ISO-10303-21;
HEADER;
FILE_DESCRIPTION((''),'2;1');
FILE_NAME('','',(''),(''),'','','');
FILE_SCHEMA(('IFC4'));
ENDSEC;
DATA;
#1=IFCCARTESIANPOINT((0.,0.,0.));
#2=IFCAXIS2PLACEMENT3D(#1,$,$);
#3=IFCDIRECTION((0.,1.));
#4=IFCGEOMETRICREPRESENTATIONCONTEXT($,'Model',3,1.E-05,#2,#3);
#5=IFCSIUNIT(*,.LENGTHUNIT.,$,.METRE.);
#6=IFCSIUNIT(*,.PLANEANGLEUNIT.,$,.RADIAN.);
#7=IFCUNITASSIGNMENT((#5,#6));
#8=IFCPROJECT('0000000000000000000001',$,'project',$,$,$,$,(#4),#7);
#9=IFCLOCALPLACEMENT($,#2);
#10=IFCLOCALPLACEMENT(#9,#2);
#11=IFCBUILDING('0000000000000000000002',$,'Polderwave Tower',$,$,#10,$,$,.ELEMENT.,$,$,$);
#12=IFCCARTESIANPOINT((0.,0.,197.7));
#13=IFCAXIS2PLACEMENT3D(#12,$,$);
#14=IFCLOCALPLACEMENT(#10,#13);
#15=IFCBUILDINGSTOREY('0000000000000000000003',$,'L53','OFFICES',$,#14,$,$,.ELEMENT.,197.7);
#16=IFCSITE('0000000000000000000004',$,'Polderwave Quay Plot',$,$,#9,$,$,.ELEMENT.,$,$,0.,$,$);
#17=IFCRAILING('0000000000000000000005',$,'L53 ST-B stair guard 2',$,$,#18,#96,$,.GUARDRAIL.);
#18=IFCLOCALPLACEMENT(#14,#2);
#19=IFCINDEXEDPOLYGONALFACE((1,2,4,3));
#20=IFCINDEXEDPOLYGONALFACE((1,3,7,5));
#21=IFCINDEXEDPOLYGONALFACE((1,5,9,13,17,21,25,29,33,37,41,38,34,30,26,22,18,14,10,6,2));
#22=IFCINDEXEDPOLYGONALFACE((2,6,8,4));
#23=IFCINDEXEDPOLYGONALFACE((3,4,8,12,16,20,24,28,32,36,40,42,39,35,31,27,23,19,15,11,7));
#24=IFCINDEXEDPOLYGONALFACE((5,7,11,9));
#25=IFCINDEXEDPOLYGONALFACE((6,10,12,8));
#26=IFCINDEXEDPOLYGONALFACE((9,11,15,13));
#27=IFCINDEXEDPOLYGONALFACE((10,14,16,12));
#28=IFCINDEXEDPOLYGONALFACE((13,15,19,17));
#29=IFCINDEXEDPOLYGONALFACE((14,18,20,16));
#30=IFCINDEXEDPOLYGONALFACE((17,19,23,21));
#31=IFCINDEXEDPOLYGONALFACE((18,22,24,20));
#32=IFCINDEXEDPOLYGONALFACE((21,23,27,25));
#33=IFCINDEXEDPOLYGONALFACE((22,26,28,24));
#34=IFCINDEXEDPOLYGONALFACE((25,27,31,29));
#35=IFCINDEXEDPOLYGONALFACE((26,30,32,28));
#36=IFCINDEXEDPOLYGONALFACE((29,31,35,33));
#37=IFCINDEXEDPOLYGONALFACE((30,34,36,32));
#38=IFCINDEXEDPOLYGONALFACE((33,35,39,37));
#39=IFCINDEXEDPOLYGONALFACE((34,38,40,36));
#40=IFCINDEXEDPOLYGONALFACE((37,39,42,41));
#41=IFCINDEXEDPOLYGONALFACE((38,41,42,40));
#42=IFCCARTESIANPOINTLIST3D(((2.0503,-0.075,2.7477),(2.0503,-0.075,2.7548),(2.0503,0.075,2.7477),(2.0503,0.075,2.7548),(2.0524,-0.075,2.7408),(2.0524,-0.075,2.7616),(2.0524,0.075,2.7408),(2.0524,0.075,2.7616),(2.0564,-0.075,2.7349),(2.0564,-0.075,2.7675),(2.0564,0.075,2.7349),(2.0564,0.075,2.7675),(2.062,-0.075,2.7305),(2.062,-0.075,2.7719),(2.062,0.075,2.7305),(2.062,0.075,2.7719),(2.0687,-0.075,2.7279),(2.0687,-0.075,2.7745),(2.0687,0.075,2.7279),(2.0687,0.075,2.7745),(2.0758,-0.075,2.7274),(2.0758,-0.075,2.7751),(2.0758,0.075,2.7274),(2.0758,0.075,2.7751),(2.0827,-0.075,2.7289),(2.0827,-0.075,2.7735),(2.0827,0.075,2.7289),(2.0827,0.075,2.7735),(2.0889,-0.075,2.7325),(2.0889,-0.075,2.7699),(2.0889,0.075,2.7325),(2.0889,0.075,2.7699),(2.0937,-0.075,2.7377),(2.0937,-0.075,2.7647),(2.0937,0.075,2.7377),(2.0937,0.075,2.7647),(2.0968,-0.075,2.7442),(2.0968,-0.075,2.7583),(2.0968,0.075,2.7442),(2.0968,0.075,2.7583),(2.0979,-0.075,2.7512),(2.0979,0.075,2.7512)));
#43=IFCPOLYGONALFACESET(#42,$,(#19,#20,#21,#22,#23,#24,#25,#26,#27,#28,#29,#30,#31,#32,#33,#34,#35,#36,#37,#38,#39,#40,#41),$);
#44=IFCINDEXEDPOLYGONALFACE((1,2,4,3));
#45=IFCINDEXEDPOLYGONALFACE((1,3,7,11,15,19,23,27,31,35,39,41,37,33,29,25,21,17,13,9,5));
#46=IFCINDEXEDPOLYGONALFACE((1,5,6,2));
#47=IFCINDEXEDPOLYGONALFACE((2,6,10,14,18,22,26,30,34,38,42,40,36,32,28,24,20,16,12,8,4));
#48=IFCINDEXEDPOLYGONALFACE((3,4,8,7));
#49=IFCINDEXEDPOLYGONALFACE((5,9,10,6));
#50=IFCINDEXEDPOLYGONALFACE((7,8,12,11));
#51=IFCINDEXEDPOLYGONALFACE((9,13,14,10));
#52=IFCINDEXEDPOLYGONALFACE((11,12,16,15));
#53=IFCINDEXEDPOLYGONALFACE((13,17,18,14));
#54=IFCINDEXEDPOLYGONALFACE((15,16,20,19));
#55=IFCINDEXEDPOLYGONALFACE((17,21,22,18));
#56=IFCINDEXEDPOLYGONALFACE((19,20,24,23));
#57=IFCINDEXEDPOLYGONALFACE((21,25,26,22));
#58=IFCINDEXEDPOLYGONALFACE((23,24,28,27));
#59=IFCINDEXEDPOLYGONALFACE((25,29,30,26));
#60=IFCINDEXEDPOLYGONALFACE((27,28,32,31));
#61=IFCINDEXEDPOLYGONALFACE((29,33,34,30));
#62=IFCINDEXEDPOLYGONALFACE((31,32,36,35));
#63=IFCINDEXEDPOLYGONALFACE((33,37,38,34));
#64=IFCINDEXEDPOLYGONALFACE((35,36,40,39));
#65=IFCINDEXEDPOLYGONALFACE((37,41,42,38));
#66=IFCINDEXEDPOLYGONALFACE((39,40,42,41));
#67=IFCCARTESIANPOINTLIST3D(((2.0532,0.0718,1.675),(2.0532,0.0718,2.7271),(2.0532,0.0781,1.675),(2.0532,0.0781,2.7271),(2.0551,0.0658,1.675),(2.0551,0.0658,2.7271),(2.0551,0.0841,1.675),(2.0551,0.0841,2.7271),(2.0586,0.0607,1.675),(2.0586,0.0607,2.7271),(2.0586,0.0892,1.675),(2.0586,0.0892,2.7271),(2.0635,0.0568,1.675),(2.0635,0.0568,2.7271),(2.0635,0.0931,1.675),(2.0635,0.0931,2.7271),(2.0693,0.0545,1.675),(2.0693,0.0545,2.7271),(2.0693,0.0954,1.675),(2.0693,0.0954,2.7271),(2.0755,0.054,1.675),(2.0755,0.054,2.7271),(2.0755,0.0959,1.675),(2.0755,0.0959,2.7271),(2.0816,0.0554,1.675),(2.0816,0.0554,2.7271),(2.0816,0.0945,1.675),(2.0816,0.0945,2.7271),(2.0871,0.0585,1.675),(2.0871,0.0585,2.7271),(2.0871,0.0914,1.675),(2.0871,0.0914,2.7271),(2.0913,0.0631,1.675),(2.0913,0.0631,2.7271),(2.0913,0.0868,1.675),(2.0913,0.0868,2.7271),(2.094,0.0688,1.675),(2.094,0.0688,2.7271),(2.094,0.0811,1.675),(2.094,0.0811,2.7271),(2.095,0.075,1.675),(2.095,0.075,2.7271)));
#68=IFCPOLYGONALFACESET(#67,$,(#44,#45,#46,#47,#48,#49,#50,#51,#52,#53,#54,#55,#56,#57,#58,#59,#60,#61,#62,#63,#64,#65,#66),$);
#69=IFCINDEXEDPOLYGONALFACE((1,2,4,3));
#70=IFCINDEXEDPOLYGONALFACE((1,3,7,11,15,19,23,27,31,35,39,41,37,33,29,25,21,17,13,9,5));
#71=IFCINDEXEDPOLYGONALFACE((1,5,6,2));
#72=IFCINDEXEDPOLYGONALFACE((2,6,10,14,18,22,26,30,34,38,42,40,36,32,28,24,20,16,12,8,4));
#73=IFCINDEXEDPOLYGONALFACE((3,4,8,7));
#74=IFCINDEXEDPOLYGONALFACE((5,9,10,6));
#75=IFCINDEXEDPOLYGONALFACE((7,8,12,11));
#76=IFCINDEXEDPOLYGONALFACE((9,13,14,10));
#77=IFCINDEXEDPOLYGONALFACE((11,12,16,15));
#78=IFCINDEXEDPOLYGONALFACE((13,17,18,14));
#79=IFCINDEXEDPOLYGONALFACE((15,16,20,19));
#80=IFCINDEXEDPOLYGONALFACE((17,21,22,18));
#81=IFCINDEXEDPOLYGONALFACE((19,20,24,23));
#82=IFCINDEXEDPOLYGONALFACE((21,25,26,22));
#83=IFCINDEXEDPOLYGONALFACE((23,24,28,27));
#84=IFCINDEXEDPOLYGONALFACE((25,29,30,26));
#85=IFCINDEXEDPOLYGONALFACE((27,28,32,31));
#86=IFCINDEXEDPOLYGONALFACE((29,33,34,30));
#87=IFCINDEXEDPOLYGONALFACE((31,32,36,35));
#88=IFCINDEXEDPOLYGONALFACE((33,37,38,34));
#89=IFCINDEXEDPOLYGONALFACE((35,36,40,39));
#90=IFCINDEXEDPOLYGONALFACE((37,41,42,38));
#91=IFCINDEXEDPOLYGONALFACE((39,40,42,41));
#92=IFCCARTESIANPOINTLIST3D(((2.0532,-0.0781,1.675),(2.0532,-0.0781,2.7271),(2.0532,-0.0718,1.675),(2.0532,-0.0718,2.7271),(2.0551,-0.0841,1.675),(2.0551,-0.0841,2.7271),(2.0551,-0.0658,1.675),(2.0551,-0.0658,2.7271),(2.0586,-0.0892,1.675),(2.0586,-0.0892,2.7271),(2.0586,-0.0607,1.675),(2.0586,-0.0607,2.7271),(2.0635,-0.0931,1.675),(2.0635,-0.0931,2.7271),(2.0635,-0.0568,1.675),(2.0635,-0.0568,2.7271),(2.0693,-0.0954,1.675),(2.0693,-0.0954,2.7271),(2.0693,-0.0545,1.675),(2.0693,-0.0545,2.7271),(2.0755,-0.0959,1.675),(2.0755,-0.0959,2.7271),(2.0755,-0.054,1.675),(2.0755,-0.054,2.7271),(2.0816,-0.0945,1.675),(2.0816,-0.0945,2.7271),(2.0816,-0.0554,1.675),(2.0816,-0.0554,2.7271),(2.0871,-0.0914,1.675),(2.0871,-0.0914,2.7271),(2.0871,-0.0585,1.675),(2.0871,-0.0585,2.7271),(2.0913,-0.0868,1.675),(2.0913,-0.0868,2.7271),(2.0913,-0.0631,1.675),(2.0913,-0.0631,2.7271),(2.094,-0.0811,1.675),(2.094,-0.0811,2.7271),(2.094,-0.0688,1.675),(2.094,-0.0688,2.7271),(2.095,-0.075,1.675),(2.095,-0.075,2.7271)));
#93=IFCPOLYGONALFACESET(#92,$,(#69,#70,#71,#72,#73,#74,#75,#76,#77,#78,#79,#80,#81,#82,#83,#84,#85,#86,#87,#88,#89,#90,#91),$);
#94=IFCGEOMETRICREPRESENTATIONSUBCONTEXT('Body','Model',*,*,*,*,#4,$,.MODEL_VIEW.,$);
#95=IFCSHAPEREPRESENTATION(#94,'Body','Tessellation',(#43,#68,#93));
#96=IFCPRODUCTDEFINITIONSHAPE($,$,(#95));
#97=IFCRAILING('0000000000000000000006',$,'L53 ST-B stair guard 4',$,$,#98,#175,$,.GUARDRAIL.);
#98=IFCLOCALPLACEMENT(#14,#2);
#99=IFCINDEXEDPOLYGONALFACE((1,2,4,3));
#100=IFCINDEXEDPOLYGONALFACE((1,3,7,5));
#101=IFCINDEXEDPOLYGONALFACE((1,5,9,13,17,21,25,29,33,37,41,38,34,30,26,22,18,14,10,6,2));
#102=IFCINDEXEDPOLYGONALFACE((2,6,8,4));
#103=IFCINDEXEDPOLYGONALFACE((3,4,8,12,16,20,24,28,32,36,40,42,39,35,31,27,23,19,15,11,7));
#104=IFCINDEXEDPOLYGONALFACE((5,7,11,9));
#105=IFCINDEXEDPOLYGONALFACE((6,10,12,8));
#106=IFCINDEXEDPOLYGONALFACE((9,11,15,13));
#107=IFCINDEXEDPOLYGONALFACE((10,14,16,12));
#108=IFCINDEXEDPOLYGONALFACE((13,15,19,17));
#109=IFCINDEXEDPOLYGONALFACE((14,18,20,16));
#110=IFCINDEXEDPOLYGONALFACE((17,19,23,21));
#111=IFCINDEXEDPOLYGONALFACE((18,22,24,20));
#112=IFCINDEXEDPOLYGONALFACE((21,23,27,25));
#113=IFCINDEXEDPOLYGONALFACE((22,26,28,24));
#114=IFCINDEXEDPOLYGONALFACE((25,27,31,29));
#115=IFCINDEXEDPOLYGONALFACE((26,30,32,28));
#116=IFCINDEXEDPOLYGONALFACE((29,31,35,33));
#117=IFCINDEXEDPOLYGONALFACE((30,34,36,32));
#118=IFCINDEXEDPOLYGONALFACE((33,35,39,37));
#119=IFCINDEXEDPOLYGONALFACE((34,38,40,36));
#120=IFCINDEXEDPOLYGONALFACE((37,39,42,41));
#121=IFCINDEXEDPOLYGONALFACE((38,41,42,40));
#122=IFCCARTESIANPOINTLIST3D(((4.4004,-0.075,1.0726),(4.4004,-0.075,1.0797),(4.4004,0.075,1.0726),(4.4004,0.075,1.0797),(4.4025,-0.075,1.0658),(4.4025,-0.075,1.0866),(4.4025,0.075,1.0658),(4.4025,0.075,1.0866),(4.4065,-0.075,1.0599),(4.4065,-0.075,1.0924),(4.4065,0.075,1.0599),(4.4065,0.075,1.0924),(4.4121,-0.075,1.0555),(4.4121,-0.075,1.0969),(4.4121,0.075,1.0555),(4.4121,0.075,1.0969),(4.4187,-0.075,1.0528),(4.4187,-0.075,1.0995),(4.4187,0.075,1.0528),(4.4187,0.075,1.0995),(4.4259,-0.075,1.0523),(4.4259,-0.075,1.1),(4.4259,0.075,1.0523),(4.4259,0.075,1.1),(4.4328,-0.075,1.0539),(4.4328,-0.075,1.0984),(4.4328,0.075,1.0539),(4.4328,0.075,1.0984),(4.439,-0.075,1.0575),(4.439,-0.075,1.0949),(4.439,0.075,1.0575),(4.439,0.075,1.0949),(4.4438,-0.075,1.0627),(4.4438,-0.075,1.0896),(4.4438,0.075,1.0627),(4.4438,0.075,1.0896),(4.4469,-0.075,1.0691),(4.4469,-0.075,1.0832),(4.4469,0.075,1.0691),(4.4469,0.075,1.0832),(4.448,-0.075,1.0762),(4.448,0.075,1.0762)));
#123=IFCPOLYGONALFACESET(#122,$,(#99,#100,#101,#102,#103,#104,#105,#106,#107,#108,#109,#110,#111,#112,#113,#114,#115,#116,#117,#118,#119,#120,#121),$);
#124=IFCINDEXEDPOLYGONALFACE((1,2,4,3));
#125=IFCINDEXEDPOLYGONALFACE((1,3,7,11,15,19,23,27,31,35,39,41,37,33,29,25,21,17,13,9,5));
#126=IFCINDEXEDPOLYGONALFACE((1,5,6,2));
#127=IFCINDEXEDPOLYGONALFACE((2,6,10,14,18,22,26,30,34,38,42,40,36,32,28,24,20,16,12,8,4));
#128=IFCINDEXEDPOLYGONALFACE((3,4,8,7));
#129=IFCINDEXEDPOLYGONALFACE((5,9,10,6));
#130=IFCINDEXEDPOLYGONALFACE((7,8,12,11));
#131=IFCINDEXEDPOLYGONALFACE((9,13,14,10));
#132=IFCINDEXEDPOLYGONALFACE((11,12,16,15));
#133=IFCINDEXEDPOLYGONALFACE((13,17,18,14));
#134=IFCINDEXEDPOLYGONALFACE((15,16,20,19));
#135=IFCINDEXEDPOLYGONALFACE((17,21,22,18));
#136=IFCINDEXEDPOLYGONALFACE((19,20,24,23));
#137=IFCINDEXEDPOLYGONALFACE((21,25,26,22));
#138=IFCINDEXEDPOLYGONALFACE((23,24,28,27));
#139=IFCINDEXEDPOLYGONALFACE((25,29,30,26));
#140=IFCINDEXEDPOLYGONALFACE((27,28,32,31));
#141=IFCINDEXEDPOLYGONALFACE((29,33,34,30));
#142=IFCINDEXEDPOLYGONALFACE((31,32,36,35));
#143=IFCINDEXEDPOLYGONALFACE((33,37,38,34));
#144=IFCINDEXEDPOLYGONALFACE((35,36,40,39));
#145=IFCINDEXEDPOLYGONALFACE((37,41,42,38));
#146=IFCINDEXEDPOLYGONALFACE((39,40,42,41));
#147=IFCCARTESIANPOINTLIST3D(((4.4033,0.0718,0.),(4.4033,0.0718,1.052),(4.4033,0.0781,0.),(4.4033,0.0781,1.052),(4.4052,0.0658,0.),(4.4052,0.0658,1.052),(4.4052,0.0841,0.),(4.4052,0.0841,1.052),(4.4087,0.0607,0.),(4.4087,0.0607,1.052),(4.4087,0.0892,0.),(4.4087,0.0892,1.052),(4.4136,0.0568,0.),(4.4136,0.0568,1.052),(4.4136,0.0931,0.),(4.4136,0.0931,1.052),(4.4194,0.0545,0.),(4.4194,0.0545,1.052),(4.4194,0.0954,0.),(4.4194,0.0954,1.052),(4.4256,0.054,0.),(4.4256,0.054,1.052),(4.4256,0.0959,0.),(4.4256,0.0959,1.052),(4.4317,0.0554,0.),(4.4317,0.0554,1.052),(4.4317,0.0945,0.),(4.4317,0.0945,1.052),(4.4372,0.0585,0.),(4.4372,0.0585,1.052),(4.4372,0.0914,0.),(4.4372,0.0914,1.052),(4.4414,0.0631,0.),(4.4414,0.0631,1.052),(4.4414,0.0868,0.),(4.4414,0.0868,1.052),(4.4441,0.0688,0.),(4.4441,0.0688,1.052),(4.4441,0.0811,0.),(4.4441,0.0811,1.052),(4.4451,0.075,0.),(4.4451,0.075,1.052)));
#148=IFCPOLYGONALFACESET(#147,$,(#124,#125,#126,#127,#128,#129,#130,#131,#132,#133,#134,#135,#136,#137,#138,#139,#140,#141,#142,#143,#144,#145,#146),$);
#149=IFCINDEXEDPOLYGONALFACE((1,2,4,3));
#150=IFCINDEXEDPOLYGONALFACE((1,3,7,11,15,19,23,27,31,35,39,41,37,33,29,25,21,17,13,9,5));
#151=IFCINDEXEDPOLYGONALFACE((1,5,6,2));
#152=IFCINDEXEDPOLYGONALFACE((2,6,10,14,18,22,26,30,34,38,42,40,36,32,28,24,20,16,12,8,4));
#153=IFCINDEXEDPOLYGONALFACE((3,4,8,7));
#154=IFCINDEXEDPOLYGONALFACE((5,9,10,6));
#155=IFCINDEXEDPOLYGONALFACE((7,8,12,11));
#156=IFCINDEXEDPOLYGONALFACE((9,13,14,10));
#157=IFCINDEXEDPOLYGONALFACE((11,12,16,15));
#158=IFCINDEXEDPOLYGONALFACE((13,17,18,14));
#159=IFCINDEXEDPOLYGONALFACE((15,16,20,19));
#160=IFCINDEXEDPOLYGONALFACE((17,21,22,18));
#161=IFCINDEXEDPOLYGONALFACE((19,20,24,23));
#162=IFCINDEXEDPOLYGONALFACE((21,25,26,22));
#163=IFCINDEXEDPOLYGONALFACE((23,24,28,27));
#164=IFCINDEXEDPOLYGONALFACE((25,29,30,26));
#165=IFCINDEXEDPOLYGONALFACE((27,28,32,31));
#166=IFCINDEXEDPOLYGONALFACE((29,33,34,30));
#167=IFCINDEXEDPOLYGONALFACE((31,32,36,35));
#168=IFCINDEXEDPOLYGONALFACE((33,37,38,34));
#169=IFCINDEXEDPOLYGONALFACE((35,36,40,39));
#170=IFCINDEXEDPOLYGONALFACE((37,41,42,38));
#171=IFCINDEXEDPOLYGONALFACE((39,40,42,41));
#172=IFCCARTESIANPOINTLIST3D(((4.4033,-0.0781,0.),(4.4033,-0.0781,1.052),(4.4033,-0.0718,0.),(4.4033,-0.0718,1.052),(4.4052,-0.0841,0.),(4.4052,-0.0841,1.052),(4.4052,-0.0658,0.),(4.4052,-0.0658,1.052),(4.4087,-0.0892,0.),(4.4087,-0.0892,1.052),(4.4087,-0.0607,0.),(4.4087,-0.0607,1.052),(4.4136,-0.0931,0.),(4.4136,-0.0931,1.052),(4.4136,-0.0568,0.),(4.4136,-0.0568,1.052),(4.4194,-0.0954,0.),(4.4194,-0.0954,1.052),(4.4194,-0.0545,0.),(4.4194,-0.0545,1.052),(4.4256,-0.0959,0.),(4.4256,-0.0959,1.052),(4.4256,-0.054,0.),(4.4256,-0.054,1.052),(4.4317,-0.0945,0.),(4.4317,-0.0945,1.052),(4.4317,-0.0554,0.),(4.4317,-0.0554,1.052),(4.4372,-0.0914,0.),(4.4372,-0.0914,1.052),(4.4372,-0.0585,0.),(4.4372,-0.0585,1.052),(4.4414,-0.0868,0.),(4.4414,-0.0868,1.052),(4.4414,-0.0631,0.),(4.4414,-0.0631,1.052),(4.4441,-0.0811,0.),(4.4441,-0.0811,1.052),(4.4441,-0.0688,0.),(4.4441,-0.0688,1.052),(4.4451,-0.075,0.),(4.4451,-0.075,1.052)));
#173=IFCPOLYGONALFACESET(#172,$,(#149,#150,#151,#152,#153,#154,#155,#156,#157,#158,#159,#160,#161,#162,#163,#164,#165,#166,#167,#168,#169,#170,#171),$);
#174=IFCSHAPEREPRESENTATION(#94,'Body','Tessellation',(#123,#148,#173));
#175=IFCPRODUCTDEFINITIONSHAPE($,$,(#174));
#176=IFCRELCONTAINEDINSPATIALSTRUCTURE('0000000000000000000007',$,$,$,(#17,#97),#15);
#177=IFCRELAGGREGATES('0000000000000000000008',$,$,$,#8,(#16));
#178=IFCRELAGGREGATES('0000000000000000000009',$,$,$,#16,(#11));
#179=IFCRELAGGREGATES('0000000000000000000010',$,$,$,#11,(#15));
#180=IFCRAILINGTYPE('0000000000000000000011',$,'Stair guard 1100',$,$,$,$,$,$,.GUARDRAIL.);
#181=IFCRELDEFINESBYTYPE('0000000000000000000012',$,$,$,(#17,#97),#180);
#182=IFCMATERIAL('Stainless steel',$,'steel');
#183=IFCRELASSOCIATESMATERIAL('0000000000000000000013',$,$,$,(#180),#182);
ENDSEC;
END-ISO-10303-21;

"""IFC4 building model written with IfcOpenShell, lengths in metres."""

from ifc_helpers import new_model, si_unit, direction, frame, origin, origin_2d, place, context, subcontext, project, spatial, circle, extrude, material, type_object, element, save


model = new_model("IFC4")

# Units and contexts
model_context = context("Model", 3, precision=1e-05, world=origin(), true_north=direction((0.0, 1.0)))
body_context = subcontext(model_context, "Body", "Model", "MODEL_VIEW")
ifc_project = project(units=[si_unit("LENGTHUNIT", "METRE"), si_unit("PLANEANGLEUNIT", "RADIAN")], contexts=[model_context])

# Site, building, storey
site_placement = place(None, origin())
site = spatial("IfcSite", under=ifc_project, at=site_placement, Name="Polderwave Quay Plot", CompositionType="ELEMENT", RefElevation=0.0)
building_placement = place(site_placement, origin())
building = spatial("IfcBuilding", under=site, at=building_placement, Name="Polderwave Tower", CompositionType="ELEMENT")
storey_placement = place(building_placement, frame((0.0, 0.0, 197.7)))
storey = spatial("IfcBuildingStorey", under=building, at=storey_placement, Name="L53", Description="OFFICES", CompositionType="ELEMENT", Elevation=197.7)

# Railings
ifc_material_1 = material(Name="Stainless steel", Category="steel")
railing_type_1 = type_object("IfcRailingType", Name="Stair guard 1100", PredefinedType="GUARDRAIL", material=ifc_material_1)
for number, where, name in (
    (1, (2.074, 0.075, 1.675), "L53 ST-B stair guard 2"),
    (2, (4.4241, 0.075, 0.0), "L53 ST-B stair guard 4"),
):
    element("IfcRailing", number, at=place(storey_placement, frame(where)), inside=storey, type_object=railing_type_1, Name=name, PredefinedType="GUARDRAIL", context=body_context, shape_type="SweptSolid", body=[
        extrude(circle(Radius=0.0239, at=origin_2d()), frame((0.0, 0.0, 1.0762), z_axis=(0.0, -1.0, 0.0), x_axis=(1.0, 0.0, 0.0)), (0.0, 0.0, 1.0), 0.1499),
        extrude(circle(Radius=0.021, at=origin_2d()), origin(), (0.0, 0.0, 1.0), 1.052),
        extrude(circle(Radius=0.021, at=origin_2d()), frame((0.0, -0.1499, 0.0)), (0.0, 0.0, 1.0), 1.052),
    ])

save(model, "model.ifc")
